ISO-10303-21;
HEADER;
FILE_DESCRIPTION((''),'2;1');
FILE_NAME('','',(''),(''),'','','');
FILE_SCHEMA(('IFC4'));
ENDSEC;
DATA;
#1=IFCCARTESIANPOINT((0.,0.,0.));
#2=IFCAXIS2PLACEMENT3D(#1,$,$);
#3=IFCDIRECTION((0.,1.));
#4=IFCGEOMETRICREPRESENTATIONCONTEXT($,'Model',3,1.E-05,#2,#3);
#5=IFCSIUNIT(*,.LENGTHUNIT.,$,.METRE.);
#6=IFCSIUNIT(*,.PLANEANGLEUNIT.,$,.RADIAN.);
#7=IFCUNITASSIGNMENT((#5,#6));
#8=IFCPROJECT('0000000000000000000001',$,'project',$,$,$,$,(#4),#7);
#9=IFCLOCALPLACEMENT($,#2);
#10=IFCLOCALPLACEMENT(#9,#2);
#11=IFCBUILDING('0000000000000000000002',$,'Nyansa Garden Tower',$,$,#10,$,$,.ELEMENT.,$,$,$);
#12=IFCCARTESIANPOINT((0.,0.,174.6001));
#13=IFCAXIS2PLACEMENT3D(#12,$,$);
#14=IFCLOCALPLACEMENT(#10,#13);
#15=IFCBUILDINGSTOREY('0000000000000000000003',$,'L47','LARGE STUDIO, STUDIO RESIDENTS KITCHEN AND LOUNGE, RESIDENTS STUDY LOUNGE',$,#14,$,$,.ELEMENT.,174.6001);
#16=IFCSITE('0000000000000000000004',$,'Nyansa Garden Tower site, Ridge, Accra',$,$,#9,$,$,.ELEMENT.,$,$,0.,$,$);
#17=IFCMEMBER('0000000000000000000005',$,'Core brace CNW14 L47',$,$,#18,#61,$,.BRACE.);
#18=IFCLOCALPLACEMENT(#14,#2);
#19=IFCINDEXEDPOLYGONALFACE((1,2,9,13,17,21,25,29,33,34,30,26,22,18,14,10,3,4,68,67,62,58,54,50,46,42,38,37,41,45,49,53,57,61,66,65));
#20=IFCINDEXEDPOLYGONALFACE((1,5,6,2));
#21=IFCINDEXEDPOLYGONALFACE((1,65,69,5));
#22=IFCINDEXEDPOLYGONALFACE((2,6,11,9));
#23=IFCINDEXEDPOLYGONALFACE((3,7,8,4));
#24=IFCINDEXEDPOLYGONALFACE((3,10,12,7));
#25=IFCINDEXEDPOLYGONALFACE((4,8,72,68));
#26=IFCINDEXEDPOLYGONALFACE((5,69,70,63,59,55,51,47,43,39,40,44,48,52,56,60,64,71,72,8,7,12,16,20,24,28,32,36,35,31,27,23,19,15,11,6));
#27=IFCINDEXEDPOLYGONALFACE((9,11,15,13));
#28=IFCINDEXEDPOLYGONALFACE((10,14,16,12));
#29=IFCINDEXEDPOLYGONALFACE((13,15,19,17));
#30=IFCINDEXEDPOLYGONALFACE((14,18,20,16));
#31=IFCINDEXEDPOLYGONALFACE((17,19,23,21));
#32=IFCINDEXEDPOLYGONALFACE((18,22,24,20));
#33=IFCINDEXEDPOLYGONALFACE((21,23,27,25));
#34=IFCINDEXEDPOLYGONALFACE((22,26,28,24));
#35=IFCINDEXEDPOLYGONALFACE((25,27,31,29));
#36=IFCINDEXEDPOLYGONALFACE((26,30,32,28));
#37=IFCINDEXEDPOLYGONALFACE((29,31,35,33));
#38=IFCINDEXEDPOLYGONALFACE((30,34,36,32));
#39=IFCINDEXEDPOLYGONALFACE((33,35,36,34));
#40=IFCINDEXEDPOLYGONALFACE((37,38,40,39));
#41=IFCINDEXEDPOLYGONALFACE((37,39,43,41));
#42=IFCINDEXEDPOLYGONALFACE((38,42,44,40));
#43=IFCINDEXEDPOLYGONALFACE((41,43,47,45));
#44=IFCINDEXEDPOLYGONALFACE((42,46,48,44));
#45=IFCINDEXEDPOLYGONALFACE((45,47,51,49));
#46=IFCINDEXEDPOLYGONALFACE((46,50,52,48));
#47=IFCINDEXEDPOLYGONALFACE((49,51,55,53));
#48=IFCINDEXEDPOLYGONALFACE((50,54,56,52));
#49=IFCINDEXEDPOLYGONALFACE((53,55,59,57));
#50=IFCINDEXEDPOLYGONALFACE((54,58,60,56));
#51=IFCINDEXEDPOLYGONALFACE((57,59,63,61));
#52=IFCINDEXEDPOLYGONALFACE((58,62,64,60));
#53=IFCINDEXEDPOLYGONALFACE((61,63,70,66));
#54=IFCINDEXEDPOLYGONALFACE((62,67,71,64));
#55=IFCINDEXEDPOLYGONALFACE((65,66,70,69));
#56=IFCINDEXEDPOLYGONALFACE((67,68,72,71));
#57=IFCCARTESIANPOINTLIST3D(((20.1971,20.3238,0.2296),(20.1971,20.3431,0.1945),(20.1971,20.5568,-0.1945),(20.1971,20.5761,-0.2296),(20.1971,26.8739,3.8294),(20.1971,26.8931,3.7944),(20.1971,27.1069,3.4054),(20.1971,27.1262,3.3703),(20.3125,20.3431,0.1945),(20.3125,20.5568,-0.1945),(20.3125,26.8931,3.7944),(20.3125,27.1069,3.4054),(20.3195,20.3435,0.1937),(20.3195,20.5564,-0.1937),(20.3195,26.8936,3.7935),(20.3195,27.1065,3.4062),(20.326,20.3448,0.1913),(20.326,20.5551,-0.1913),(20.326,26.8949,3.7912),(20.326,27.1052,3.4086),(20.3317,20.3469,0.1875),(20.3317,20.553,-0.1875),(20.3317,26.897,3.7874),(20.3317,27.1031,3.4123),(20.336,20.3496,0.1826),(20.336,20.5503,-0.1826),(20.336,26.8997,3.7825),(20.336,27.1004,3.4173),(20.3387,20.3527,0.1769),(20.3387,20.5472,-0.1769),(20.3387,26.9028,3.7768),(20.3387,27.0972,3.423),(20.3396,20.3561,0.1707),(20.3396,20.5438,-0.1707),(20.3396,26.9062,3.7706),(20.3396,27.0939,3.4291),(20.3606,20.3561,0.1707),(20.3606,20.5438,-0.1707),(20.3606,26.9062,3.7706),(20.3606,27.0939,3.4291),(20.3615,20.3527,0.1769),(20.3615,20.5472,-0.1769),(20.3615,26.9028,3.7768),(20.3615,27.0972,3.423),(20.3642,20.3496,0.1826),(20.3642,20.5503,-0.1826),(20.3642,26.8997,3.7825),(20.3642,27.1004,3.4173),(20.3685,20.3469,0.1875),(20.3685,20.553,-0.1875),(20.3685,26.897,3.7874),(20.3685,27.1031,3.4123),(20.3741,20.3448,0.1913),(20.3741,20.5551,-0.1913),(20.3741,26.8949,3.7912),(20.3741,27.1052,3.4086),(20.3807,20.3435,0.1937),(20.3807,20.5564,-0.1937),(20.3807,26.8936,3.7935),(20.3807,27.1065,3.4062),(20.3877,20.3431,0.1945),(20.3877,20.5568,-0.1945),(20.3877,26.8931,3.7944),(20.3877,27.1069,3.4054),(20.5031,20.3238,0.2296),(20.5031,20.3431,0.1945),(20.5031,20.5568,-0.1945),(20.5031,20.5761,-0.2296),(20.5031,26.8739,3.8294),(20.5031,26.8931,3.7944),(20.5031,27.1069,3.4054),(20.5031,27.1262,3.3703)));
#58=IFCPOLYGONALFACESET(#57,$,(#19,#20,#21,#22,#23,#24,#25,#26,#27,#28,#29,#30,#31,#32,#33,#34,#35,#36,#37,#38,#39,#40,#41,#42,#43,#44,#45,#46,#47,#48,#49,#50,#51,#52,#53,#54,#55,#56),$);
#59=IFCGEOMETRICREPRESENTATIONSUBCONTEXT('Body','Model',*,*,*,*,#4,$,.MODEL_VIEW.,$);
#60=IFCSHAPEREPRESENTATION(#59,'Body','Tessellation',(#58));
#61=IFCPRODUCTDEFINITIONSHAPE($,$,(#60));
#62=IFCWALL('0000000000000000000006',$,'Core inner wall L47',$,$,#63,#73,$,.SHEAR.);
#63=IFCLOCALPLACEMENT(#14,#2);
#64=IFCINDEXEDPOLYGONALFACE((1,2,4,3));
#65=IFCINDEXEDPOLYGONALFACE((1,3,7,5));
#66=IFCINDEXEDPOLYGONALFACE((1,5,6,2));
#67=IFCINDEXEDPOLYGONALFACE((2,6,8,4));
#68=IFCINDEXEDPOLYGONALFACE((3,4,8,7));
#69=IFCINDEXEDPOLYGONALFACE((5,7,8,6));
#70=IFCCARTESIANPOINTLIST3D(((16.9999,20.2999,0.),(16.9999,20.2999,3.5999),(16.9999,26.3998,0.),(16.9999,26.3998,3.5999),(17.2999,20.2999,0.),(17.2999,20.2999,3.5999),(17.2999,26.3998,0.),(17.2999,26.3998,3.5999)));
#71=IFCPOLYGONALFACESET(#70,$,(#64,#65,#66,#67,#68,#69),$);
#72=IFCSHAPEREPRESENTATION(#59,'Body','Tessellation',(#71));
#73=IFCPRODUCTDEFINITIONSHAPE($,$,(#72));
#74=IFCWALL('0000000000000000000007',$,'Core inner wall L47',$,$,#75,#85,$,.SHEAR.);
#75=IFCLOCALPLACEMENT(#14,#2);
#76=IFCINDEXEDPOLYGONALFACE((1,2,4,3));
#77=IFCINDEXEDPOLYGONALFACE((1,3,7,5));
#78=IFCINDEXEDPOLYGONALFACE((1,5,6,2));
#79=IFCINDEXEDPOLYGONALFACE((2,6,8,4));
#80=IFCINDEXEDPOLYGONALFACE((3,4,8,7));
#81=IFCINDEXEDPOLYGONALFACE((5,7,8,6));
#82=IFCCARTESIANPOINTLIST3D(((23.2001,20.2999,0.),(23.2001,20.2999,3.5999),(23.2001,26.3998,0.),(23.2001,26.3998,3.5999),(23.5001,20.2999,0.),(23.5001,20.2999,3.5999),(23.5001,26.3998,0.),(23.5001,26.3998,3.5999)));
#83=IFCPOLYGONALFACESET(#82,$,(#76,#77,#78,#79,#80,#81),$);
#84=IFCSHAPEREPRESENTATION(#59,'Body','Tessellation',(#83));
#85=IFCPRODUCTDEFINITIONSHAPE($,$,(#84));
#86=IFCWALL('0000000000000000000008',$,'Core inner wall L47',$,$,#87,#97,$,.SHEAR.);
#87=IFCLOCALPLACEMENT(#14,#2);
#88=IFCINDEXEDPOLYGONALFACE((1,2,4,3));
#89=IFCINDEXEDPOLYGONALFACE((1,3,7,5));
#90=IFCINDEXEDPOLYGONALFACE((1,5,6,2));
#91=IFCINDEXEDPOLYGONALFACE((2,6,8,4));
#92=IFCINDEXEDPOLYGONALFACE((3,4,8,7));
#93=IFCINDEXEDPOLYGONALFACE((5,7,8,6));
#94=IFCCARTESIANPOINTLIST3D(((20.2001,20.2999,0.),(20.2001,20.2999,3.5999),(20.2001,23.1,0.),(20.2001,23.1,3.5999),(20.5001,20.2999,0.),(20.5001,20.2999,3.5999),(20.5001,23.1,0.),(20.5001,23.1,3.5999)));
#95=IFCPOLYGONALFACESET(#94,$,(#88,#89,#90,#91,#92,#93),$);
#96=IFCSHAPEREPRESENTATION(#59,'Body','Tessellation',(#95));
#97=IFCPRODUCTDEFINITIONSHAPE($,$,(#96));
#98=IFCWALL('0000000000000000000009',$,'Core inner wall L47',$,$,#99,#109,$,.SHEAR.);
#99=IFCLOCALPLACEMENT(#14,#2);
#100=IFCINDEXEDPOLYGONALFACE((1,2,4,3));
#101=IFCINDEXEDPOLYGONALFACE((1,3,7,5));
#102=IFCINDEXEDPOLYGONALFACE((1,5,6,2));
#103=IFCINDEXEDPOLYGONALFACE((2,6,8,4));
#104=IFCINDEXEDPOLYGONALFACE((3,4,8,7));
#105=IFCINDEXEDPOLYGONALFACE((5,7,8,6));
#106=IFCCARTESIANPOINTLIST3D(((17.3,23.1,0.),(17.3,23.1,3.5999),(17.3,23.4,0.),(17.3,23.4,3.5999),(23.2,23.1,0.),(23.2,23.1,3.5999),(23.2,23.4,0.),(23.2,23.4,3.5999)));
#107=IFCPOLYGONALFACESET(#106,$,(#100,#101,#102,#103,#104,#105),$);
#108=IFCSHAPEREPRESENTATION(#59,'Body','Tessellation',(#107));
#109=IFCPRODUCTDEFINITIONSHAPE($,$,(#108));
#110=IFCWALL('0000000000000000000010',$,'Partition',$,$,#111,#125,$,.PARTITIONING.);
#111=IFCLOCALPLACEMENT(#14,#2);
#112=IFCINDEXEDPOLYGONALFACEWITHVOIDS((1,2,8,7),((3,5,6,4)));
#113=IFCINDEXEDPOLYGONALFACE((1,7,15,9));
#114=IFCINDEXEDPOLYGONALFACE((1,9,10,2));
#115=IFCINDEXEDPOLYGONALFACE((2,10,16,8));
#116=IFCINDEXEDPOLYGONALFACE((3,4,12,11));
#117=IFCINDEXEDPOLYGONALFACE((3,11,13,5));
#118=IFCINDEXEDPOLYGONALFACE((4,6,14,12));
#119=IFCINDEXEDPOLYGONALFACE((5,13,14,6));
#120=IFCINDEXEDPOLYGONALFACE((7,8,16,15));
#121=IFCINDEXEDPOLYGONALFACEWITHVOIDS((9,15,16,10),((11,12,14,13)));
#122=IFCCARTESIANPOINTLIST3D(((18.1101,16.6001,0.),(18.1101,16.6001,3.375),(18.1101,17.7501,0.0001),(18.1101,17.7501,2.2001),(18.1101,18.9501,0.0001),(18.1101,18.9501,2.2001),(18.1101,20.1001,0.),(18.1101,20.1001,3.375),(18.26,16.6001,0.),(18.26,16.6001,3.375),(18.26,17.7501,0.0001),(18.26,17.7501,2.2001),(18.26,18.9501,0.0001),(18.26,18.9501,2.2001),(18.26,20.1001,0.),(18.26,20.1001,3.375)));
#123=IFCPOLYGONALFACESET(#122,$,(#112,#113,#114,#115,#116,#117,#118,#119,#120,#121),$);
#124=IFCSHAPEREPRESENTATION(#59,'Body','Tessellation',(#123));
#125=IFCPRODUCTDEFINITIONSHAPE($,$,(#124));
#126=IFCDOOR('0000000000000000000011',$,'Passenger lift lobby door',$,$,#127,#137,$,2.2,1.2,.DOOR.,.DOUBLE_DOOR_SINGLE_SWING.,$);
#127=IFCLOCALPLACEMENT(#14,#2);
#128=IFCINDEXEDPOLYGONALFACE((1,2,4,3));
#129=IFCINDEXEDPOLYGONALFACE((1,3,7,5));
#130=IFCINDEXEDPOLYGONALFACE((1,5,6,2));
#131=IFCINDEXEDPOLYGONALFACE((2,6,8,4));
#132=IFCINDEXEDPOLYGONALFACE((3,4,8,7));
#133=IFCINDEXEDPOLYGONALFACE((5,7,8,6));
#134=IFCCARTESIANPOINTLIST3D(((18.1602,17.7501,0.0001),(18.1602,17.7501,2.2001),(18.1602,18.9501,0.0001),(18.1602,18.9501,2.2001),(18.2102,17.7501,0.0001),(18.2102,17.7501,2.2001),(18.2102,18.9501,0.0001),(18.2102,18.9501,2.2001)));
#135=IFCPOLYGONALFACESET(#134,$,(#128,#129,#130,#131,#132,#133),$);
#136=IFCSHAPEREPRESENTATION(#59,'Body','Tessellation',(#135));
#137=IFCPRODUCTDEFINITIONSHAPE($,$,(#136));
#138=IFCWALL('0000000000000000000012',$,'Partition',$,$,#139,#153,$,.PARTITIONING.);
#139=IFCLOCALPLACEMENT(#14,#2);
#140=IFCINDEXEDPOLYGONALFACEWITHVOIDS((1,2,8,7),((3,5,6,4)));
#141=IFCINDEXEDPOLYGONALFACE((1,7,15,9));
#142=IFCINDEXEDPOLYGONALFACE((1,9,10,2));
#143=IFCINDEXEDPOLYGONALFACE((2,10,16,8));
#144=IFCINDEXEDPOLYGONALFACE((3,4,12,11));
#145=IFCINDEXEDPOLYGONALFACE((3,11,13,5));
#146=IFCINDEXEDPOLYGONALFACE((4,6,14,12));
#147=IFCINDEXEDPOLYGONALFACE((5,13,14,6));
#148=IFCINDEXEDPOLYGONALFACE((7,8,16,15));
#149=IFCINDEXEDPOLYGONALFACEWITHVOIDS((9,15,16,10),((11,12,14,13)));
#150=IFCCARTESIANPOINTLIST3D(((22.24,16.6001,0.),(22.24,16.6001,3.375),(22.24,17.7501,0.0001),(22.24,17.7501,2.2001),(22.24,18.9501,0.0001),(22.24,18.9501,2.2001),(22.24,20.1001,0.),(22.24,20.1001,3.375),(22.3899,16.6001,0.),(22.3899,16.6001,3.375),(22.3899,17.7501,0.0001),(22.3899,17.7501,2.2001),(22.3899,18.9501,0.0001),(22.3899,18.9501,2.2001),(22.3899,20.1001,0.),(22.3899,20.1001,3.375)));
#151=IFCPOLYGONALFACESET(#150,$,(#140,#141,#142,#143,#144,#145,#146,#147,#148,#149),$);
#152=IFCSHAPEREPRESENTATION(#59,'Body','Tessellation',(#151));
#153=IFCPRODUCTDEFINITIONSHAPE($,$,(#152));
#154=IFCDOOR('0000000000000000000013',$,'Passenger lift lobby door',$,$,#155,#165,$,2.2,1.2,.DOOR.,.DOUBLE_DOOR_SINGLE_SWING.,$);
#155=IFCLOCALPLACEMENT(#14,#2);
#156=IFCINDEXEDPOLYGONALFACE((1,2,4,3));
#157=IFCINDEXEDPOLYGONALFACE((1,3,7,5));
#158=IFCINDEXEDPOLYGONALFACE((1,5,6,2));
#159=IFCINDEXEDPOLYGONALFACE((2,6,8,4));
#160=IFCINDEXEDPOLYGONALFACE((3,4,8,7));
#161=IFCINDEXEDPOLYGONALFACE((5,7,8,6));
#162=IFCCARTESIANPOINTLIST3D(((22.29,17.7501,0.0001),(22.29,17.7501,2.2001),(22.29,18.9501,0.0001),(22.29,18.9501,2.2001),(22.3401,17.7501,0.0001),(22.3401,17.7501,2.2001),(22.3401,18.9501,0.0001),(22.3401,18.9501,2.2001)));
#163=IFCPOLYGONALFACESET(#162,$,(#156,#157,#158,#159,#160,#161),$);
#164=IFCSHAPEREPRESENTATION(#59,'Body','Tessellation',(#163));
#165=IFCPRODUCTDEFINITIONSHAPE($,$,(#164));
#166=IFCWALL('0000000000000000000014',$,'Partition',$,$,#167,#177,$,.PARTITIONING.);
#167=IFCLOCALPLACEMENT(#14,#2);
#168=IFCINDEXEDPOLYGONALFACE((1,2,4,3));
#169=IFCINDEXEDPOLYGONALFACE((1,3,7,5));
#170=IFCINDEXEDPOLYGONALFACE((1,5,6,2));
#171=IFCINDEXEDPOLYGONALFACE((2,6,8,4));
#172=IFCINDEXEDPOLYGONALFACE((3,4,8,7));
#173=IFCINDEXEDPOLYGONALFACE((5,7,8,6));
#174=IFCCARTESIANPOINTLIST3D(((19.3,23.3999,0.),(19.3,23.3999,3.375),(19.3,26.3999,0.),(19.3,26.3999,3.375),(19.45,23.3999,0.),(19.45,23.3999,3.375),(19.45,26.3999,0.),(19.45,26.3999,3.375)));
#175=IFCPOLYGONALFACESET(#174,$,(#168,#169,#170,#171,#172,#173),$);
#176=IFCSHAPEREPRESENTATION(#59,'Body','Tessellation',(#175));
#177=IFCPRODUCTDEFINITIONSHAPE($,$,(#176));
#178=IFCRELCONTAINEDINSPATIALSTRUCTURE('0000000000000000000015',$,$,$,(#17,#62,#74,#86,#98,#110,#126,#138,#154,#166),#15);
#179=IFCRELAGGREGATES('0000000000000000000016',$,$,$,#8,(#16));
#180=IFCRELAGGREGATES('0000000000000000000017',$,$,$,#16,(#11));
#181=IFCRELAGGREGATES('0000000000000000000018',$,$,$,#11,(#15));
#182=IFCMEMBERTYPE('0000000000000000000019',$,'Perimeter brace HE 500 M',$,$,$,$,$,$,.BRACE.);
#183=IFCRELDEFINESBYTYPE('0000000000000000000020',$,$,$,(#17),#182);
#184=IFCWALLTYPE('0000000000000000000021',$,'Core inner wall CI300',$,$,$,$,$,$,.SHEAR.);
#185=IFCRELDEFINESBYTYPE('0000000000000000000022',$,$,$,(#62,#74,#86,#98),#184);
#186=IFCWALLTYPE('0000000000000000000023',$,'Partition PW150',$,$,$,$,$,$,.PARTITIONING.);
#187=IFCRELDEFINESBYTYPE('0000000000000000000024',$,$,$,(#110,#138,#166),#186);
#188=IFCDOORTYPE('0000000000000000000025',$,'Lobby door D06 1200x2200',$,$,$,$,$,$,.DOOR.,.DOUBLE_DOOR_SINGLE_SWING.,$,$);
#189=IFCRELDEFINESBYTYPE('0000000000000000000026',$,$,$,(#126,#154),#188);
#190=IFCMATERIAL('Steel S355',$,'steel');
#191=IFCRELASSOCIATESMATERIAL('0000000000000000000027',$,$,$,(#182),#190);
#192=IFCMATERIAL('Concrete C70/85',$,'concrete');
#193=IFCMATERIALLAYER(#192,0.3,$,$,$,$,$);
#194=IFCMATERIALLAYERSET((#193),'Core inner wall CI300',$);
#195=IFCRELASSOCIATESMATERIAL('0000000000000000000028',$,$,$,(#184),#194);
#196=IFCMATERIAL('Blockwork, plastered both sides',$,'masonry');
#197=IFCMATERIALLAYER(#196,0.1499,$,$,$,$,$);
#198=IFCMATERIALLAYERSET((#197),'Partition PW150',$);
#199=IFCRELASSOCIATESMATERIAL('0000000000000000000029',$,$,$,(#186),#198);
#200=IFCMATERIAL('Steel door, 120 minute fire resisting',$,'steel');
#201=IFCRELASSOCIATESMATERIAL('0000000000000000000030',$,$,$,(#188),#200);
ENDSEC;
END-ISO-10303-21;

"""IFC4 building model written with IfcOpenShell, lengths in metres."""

from ifc_helpers import new_model, si_unit, direction, frame, frame_2d, origin, origin_2d, place, context, subcontext, project, spatial, rectangle, i_section, extrude, material, layer, layer_set, material_profile, profile_set, type_object, element, fill, save


model = new_model("IFC4")

# Units and contexts
model_context = context("Model", 3, precision=1e-05, world=origin(), true_north=direction((0.0, 1.0)))
body_context = subcontext(model_context, "Body", "Model", "MODEL_VIEW")
ifc_project = project(units=[si_unit("LENGTHUNIT", "METRE"), si_unit("PLANEANGLEUNIT", "RADIAN")], contexts=[model_context])

# Site, building, storey
site_placement = place(None, origin())
site = spatial("IfcSite", under=ifc_project, at=site_placement, Name="Nyansa Garden Tower site, Ridge, Accra", CompositionType="ELEMENT", RefElevation=0.0)
building_placement = place(site_placement, origin())
building = spatial("IfcBuilding", under=site, at=building_placement, Name="Nyansa Garden Tower", CompositionType="ELEMENT")
storey_placement = place(building_placement, frame((0.0, 0.0, 174.6001)))
storey = spatial("IfcBuildingStorey", under=building, at=storey_placement, Name="L47", Description="LARGE STUDIO, STUDIO RESIDENTS KITCHEN AND LOUNGE, RESIDENTS STUDY LOUNGE", CompositionType="ELEMENT", Elevation=174.6001)

# Member
ifc_material_1 = material(Name="Steel S355", Category="steel")
ifc_material_profile = material_profile(ifc_material_1, i_section(OverallWidth=0.3059, OverallDepth=0.5239, WebThickness=0.021, FlangeThickness=0.04, FilletRadius=0.0271, at=origin_2d()), Name="HE 500 M")
ifc_profile_set = profile_set([ifc_material_profile], Name="Steel S355")
member_type = type_object("IfcMemberType", Name="Perimeter brace HE 500 M", PredefinedType="BRACE", material=ifc_profile_set)
member_1_placement = place(storey_placement, frame((20.3501, 20.45, 0.0), z_axis=(0.0, 0.876367, 0.481644), x_axis=(-1.0, 0.0, 0.0)))
element("IfcMember", 1, at=member_1_placement, inside=storey, type_object=member_type, Name="Core brace CNW14 L47", PredefinedType="BRACE", context=body_context, shape_type="SweptSolid", body=[
    extrude(i_section(OverallWidth=0.3059, OverallDepth=0.5239, WebThickness=0.021, FlangeThickness=0.04, FilletRadius=0.0271, at=origin_2d()), origin(), (0.0, 0.0, 1.0), 7.4741),
])

# Walls
ifc_material_2 = material(Name="Concrete C70/85", Category="concrete")
ifc_layer_1 = layer(ifc_material_2, 0.3)
ifc_layer_set_1 = layer_set([ifc_layer_1], Name="Core inner wall CI300")
wall_type_1 = type_object("IfcWallType", Name="Core inner wall CI300", PredefinedType="SHEAR", material=ifc_layer_set_1)
for number, where, z_axis, x_axis, name in (
    (2, (17.1499, 20.3, 0.0), (0.0, 0.0, 1.0), (0.0, 1.0, 0.0), "Core inner wall L47"),
    (3, (23.3501, 20.3, 0.0), (0.0, 0.0, 1.0), (0.0, 1.0, 0.0), "Core inner wall L47"),
):
    element("IfcWall", number, at=place(storey_placement, frame(where, z_axis=z_axis, x_axis=x_axis)), inside=storey, type_object=wall_type_1, Name=name, PredefinedType="SHEAR", context=body_context, shape_type="SweptSolid", body=[
        extrude(rectangle(XDim=6.0999, YDim=0.3, at=frame_2d((3.0498, 0.0))), origin(), (0.0, 0.0, 1.0), 3.5999),
    ])
wall_1_placement = place(storey_placement, frame((20.3501, 20.3, 0.0), z_axis=(0.0, 0.0, 1.0), x_axis=(0.0, 1.0, 0.0)))
element("IfcWall", 4, at=wall_1_placement, inside=storey, type_object=wall_type_1, Name="Core inner wall L47", PredefinedType="SHEAR", context=body_context, shape_type="SweptSolid", body=[
    extrude(rectangle(XDim=2.8, YDim=0.3, at=frame_2d((1.3999, 0.0))), origin(), (0.0, 0.0, 1.0), 3.5999),
])
wall_2_placement = place(storey_placement, frame((17.3, 23.25, 0.0), z_axis=(0.0, 0.0, 1.0), x_axis=(1.0, 0.0, 0.0)))
element("IfcWall", 5, at=wall_2_placement, inside=storey, type_object=wall_type_1, Name="Core inner wall L47", PredefinedType="SHEAR", context=body_context, shape_type="SweptSolid", body=[
    extrude(rectangle(XDim=5.8999, YDim=0.3, at=frame_2d((2.95, 0.0))), origin(), (0.0, 0.0, 1.0), 3.5999),
])

# Walls, openings, doors
ifc_material_3 = material(Name="Blockwork, plastered both sides", Category="masonry")
ifc_layer_2 = layer(ifc_material_3, 0.1499)
ifc_layer_set_2 = layer_set([ifc_layer_2], Name="Partition PW150")
wall_type_2 = type_object("IfcWallType", Name="Partition PW150", PredefinedType="PARTITIONING", material=ifc_layer_set_2)
wall_3_placement = place(storey_placement, frame((18.1851, 16.6001, 0.0), z_axis=(0.0, 0.0, 1.0), x_axis=(0.0, 1.0, 0.0)))
wall_3 = element("IfcWall", 6, at=wall_3_placement, inside=storey, type_object=wall_type_2, Name="Partition", PredefinedType="PARTITIONING", context=body_context, shape_type="SweptSolid", body=[
    extrude(rectangle(XDim=3.5, YDim=0.1499, at=frame_2d((1.75, 0.0))), origin(), (0.0, 0.0, 1.0), 3.375),
])
opening_1_placement = place(wall_3_placement, frame((1.1499, 0.0, 0.0)))
opening_1 = element("IfcOpeningElement", 7, at=opening_1_placement, cuts=wall_3, PredefinedType="OPENING", context=body_context, shape_type="SweptSolid", body=[
    extrude(rectangle(XDim=1.2, YDim=2.2, at=frame_2d((0.6001, 1.1001))), frame((0.0, 0.085, 0.0), z_axis=(0.0, -1.0, 0.0), x_axis=(1.0, 0.0, 0.0)), (0.0, 0.0, 1.0), 0.1699),
])
ifc_material_4 = material(Name="Steel door, 120 minute fire resisting", Category="steel")
door_type_1 = type_object("IfcDoorType", Name="Lobby door D06 1200x2200", OperationType="DOUBLE_DOOR_SINGLE_SWING", PredefinedType="DOOR", material=ifc_material_4)
door_1_placement = place(opening_1_placement, origin())
door_1 = element("IfcDoor", 8, at=door_1_placement, inside=storey, type_object=door_type_1, Name="Passenger lift lobby door", OperationType="DOUBLE_DOOR_SINGLE_SWING", OverallHeight=2.2, OverallWidth=1.2, PredefinedType="DOOR", context=body_context, shape_type="SweptSolid", body=[
    extrude(rectangle(XDim=1.2, YDim=2.2, at=frame_2d((0.6001, 1.1001))), frame((0.0, 0.0249, 0.0), z_axis=(0.0, -1.0, 0.0), x_axis=(1.0, 0.0, 0.0)), (0.0, 0.0, 1.0), 0.05),
])
fill(opening_1, door_1)
wall_4_placement = place(storey_placement, frame((22.3149, 16.6001, 0.0), z_axis=(0.0, 0.0, 1.0), x_axis=(0.0, 1.0, 0.0)))
wall_4 = element("IfcWall", 9, at=wall_4_placement, inside=storey, type_object=wall_type_2, Name="Partition", PredefinedType="PARTITIONING", context=body_context, shape_type="SweptSolid", body=[
    extrude(rectangle(XDim=3.5, YDim=0.1499, at=frame_2d((1.75, 0.0))), origin(), (0.0, 0.0, 1.0), 3.375),
])
opening_2_placement = place(wall_4_placement, frame((1.1499, 0.0, 0.0)))
opening_2 = element("IfcOpeningElement", 10, at=opening_2_placement, cuts=wall_4, PredefinedType="OPENING", context=body_context, shape_type="SweptSolid", body=[
    extrude(rectangle(XDim=1.2, YDim=2.2, at=frame_2d((0.6001, 1.1001))), frame((0.0, 0.085, 0.0), z_axis=(0.0, -1.0, 0.0), x_axis=(1.0, 0.0, 0.0)), (0.0, 0.0, 1.0), 0.1699),
])
door_2_placement = place(opening_2_placement, origin())
door_2 = element("IfcDoor", 11, at=door_2_placement, inside=storey, type_object=door_type_1, Name="Passenger lift lobby door", OperationType="DOUBLE_DOOR_SINGLE_SWING", OverallHeight=2.2, OverallWidth=1.2, PredefinedType="DOOR", context=body_context, shape_type="SweptSolid", body=[
    extrude(rectangle(XDim=1.2, YDim=2.2, at=frame_2d((0.6001, 1.1001))), frame((0.0, 0.0249, 0.0), z_axis=(0.0, -1.0, 0.0), x_axis=(1.0, 0.0, 0.0)), (0.0, 0.0, 1.0), 0.05),
])
fill(opening_2, door_2)

# Wall
wall_5_placement = place(storey_placement, frame((19.375, 23.3999, 0.0), z_axis=(0.0, 0.0, 1.0), x_axis=(0.0, 1.0, 0.0)))
element("IfcWall", 12, at=wall_5_placement, inside=storey, type_object=wall_type_2, Name="Partition", PredefinedType="PARTITIONING", context=body_context, shape_type="SweptSolid", body=[
    extrude(rectangle(XDim=3.0, YDim=0.1499, at=frame_2d((1.5, 0.0))), origin(), (0.0, 0.0, 1.0), 3.375),
])

save(model, "model.ifc")
